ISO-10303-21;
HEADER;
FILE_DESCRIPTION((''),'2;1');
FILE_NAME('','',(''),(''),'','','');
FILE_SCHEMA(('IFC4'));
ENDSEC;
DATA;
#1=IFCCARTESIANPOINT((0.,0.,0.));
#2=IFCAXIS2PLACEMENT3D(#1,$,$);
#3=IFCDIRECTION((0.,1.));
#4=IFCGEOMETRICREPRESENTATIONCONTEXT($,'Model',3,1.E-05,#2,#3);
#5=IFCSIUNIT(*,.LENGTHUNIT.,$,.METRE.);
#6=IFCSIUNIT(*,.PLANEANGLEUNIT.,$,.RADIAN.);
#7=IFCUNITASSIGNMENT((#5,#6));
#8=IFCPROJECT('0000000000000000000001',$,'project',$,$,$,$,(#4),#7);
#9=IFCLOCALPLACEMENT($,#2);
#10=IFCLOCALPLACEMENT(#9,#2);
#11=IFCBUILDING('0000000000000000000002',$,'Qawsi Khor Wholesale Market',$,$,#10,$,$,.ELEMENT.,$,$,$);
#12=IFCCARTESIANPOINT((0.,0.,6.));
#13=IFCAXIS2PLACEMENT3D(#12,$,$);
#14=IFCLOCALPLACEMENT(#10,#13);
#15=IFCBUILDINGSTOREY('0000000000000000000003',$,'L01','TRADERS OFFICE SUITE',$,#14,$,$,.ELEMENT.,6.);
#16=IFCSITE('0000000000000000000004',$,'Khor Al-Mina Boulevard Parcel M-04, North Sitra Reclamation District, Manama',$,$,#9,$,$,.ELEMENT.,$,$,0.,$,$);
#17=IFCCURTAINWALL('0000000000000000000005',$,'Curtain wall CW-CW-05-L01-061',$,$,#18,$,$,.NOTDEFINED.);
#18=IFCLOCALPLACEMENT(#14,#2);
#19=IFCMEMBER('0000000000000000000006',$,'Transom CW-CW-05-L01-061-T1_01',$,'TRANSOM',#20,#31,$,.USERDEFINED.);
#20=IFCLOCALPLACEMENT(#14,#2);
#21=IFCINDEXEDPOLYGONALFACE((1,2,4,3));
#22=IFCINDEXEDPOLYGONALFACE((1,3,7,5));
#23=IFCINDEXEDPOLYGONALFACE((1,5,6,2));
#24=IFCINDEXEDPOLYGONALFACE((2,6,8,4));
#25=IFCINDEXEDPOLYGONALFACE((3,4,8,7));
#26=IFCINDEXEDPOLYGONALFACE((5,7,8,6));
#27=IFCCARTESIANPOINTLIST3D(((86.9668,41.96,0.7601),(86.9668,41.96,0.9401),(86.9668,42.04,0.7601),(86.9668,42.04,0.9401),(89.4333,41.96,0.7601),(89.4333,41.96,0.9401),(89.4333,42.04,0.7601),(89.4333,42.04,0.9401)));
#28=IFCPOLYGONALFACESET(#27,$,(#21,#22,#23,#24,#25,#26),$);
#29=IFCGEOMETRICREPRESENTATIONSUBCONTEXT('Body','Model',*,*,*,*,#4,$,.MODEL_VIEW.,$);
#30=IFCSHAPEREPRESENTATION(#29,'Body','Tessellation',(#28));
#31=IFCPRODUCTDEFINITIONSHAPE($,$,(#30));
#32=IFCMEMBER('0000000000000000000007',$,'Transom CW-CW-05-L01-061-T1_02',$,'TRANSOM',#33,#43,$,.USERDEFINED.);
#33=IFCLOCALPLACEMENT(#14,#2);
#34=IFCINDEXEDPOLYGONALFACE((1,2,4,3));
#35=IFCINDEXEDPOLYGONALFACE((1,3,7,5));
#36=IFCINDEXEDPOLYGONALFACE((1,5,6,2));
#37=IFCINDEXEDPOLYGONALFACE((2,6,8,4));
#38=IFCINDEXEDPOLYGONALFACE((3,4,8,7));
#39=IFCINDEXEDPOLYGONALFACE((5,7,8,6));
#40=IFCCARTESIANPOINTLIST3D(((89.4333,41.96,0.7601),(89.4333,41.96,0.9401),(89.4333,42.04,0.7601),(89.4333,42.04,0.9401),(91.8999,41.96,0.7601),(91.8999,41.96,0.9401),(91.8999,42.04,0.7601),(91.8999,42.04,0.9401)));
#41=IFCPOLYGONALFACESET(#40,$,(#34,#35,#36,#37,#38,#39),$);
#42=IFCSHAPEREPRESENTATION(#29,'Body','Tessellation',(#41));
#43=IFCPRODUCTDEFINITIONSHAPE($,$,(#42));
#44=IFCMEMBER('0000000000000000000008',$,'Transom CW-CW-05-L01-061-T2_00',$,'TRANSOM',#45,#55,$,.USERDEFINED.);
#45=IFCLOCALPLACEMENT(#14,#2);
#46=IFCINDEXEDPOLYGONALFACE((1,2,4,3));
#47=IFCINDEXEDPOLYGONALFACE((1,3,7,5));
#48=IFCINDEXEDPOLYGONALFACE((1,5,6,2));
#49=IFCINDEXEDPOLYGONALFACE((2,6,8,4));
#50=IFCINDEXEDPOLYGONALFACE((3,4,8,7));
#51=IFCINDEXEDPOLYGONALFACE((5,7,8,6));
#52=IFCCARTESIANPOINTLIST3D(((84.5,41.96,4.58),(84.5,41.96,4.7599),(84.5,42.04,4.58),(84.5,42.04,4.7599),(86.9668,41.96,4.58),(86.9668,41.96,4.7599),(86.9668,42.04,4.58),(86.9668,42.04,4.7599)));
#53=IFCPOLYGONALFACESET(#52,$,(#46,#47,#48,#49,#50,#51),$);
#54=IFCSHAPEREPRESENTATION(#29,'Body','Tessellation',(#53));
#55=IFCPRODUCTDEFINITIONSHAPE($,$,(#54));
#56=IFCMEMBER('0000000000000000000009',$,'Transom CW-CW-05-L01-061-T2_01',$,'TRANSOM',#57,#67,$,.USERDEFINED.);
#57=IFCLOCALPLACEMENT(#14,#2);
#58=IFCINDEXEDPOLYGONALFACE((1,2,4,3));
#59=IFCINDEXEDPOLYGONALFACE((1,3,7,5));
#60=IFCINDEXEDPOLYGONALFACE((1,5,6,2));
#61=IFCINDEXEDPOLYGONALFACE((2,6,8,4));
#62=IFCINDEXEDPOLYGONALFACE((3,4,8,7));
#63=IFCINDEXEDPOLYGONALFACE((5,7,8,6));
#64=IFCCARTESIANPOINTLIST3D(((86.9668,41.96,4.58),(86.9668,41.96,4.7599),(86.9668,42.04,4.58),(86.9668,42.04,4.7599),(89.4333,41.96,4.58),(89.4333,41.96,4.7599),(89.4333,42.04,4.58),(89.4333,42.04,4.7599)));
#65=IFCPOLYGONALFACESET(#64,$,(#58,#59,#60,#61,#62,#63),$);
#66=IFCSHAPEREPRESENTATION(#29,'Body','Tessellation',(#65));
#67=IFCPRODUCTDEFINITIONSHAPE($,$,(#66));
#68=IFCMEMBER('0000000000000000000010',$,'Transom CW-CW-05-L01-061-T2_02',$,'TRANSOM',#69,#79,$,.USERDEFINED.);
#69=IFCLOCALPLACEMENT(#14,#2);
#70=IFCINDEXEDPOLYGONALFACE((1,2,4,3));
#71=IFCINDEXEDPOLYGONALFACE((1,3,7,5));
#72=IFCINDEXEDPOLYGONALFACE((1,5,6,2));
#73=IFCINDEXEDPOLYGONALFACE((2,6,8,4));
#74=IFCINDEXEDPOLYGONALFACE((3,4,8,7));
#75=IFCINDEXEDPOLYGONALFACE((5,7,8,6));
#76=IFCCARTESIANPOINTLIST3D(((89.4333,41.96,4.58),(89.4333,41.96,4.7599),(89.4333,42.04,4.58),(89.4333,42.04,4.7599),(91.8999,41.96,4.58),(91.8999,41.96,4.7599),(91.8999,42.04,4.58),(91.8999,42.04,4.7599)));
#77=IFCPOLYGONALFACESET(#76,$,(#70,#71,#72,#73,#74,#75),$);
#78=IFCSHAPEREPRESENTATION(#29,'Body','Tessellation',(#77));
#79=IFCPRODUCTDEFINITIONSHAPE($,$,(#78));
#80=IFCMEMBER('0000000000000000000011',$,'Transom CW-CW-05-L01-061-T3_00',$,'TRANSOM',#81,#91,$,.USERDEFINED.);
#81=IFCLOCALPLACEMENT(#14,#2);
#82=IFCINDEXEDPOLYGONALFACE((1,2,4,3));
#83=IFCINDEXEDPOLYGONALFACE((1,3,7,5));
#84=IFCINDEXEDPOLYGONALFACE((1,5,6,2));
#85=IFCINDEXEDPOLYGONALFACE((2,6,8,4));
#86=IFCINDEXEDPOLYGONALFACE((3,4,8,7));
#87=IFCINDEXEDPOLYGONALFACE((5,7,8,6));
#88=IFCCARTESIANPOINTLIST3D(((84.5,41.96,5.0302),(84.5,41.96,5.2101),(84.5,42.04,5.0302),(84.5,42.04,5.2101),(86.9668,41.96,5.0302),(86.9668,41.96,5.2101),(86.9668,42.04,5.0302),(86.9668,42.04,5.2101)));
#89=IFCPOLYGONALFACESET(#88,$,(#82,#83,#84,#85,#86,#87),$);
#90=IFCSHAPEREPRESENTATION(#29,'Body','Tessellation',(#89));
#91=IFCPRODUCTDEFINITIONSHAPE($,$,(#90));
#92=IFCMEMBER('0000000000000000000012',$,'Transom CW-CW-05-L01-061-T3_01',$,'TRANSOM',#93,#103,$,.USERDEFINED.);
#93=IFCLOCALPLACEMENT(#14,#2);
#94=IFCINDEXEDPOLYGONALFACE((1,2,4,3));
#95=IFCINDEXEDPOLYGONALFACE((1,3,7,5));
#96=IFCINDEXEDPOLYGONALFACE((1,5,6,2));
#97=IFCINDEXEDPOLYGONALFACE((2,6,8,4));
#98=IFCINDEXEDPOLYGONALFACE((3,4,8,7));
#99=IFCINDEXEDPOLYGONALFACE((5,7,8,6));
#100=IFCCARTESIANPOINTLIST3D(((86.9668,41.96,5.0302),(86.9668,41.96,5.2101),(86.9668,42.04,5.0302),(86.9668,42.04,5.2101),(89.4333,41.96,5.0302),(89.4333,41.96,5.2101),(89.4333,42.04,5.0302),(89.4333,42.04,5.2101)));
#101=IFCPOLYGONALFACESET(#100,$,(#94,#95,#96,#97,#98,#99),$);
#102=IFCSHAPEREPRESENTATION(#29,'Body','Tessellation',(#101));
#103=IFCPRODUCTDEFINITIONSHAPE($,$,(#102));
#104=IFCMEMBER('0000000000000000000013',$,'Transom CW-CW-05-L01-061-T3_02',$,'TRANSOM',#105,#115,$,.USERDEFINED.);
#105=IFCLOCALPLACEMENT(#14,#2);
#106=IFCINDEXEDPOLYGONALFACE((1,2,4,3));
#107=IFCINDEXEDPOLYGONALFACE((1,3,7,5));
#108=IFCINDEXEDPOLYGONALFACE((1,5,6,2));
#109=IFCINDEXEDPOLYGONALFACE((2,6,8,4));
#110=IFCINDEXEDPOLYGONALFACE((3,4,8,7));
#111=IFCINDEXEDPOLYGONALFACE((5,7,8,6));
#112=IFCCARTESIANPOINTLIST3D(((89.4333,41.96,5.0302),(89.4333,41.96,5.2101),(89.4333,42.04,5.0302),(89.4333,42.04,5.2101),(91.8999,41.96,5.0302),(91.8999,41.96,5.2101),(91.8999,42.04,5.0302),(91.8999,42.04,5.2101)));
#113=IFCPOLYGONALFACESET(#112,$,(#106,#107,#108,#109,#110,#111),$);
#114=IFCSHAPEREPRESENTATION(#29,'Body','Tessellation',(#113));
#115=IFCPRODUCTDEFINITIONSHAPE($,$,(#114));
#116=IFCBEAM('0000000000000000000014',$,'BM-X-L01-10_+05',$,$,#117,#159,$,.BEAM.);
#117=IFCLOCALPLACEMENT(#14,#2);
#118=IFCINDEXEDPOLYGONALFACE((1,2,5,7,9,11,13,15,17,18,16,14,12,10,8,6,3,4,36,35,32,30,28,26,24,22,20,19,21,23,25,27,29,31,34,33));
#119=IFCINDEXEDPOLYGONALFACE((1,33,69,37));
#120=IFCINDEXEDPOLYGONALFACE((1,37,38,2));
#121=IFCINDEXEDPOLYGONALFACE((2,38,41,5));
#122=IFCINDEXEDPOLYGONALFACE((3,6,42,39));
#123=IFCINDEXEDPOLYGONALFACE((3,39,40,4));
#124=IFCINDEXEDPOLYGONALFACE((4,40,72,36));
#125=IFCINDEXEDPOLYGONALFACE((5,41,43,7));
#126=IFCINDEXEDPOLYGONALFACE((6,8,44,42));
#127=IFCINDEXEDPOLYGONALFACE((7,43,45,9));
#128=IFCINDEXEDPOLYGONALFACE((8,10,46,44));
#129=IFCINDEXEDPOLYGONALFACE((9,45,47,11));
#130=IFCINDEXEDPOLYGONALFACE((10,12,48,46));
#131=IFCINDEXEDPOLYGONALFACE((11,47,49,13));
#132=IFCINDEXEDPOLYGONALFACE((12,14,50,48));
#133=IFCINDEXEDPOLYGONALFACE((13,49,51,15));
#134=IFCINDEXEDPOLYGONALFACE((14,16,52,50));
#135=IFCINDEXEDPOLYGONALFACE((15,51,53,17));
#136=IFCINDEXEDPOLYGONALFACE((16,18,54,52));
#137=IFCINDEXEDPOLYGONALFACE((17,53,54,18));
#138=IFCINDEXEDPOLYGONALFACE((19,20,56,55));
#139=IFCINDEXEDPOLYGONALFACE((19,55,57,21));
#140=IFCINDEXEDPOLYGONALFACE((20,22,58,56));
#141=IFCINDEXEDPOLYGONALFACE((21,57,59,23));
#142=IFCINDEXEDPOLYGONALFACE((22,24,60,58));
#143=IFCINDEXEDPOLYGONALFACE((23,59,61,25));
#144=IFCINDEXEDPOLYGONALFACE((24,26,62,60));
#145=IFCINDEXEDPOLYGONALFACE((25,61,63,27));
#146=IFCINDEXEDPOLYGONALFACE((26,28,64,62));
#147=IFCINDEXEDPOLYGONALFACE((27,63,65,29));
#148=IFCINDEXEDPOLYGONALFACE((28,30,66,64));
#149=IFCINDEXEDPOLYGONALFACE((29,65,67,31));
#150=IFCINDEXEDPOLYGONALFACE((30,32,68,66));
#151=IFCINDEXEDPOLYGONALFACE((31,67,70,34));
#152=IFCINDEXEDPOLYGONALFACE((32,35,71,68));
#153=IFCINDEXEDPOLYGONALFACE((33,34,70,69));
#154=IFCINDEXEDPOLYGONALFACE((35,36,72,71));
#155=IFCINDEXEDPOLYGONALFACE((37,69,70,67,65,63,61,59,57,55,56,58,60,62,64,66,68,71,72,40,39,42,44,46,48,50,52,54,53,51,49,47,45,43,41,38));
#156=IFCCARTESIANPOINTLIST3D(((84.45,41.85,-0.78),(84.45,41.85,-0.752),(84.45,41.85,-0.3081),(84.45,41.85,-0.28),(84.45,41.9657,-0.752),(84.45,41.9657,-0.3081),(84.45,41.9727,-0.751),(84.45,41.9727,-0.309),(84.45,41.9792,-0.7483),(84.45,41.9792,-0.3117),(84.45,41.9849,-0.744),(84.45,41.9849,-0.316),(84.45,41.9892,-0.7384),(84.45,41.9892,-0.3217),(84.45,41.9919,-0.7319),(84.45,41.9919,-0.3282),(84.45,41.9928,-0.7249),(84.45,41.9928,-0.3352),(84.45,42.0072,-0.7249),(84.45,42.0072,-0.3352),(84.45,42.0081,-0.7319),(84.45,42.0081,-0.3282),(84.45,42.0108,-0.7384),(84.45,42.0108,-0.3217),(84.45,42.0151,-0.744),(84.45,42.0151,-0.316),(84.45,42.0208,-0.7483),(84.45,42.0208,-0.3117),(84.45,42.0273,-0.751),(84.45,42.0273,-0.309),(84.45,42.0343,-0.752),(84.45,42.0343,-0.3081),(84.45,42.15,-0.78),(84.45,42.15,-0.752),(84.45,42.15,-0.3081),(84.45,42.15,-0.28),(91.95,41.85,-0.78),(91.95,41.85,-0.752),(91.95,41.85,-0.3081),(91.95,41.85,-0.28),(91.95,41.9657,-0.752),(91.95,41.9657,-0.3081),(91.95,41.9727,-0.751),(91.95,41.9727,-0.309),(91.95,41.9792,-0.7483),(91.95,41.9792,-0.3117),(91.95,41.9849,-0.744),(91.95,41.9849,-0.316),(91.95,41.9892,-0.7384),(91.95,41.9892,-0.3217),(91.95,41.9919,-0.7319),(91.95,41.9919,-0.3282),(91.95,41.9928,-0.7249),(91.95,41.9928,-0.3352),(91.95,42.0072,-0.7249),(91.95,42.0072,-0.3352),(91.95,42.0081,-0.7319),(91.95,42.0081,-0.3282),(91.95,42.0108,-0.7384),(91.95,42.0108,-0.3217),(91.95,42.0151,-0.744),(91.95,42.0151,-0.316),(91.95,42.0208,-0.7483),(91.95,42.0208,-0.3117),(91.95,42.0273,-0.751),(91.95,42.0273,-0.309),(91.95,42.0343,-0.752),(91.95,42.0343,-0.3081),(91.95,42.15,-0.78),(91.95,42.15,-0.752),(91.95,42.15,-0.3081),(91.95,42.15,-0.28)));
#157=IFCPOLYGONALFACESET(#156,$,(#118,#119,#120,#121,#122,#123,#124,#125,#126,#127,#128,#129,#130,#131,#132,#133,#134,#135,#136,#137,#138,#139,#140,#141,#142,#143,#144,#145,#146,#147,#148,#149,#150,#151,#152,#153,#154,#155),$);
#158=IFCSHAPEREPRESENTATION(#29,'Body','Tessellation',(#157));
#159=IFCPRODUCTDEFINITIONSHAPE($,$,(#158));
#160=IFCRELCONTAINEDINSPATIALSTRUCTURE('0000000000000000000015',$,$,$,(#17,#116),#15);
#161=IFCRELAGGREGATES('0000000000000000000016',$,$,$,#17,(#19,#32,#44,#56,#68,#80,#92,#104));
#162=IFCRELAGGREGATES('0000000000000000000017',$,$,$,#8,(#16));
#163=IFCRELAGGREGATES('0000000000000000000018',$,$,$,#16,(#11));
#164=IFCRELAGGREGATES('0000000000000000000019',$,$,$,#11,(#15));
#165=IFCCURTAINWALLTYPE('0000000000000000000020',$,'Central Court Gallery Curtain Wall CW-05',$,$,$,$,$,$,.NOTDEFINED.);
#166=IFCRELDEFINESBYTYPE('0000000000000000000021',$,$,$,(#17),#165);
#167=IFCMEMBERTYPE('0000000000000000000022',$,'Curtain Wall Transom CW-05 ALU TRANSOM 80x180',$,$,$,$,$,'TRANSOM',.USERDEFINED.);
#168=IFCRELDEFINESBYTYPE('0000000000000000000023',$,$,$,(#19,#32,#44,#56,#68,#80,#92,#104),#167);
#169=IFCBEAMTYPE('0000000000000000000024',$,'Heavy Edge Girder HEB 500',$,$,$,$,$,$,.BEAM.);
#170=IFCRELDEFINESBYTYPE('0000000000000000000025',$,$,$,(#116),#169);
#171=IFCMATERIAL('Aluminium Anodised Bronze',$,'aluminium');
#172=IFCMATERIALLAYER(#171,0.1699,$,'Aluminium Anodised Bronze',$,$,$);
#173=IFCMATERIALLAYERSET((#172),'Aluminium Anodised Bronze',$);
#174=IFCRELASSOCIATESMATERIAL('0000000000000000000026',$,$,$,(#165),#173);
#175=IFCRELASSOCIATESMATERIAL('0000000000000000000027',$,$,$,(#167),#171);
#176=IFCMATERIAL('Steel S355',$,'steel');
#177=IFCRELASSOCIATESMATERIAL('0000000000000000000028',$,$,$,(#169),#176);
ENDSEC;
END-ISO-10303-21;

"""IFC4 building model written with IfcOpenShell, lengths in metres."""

from ifc_helpers import new_model, si_unit, direction, frame, origin, origin_2d, place, context, subcontext, project, spatial, rectangle, i_section, extrude, material, layer, layer_set, material_profile, profile_set, type_object, element, aggregate, save


model = new_model("IFC4")

# Units and contexts
model_context = context("Model", 3, precision=1e-05, world=origin(), true_north=direction((0.0, 1.0)))
body_context = subcontext(model_context, "Body", "Model", "MODEL_VIEW")
ifc_project = project(units=[si_unit("LENGTHUNIT", "METRE"), si_unit("PLANEANGLEUNIT", "RADIAN")], contexts=[model_context])

# Site, building, storey
site_placement = place(None, origin())
site = spatial("IfcSite", under=ifc_project, at=site_placement, Name="Khor Al-Mina Boulevard Parcel M-04, North Sitra Reclamation District, Manama", CompositionType="ELEMENT", RefElevation=0.0)
building_placement = place(site_placement, origin())
building = spatial("IfcBuilding", under=site, at=building_placement, Name="Qawsi Khor Wholesale Market", CompositionType="ELEMENT")
storey_placement = place(building_placement, frame((0.0, 0.0, 6.0)))
storey = spatial("IfcBuildingStorey", under=building, at=storey_placement, Name="L01", Description="TRADERS OFFICE SUITE", CompositionType="ELEMENT", Elevation=6.0)

# Curtain wall
ifc_material_1 = material(Name="Aluminium Anodised Bronze", Category="aluminium")
ifc_layer_1 = layer(ifc_material_1, 0.1699, Name="Aluminium Anodised Bronze")
ifc_layer_set_1 = layer_set([ifc_layer_1], Name="Aluminium Anodised Bronze")
curtain_wall_type = type_object("IfcCurtainWallType", Name="Central Court Gallery Curtain Wall CW-05", PredefinedType="NOTDEFINED", material=ifc_layer_set_1)
curtain_wall_1_placement = place(storey_placement, origin())
curtain_wall_1 = element("IfcCurtainWall", 1, at=curtain_wall_1_placement, inside=storey, type_object=curtain_wall_type, Name="Curtain wall CW-CW-05-L01-061", PredefinedType="NOTDEFINED")

# Members
ifc_material_profile_1 = material_profile(ifc_material_1, rectangle(XDim=0.0801, YDim=0.1799, at=origin_2d()), Name="ALU TRANSOM 80x180")
ifc_profile_set_1 = profile_set([ifc_material_profile_1], Name="Aluminium Anodised Bronze")
member_type_1 = type_object("IfcMemberType", Name="Curtain Wall Transom CW-05 ALU TRANSOM 80x180", ElementType="TRANSOM", PredefinedType="USERDEFINED", material=ifc_profile_set_1)
member_1_placement = place(storey_placement, frame((86.9668, 42.0, 0.8501), z_axis=(1.0, 0.0, 0.0), x_axis=(0.0, 1.0, 0.0)))
member_1 = element("IfcMember", 2, at=member_1_placement, type_object=member_type_1, Name="Transom CW-CW-05-L01-061-T1_01", ObjectType="TRANSOM", PredefinedType="USERDEFINED", context=body_context, shape_type="SweptSolid", body=[
    extrude(rectangle(XDim=0.0801, YDim=0.1799, at=origin_2d()), origin(), (0.0, 0.0, 1.0), 2.4666),
])
member_2_placement = place(storey_placement, frame((89.4333, 42.0, 0.8501), z_axis=(1.0, 0.0, 0.0), x_axis=(0.0, 1.0, 0.0)))
member_2 = element("IfcMember", 3, at=member_2_placement, type_object=member_type_1, Name="Transom CW-CW-05-L01-061-T1_02", ObjectType="TRANSOM", PredefinedType="USERDEFINED", context=body_context, shape_type="SweptSolid", body=[
    extrude(rectangle(XDim=0.0801, YDim=0.1799, at=origin_2d()), origin(), (0.0, 0.0, 1.0), 2.4666),
])
member_3_placement = place(storey_placement, frame((84.5, 42.0, 4.6699), z_axis=(1.0, 0.0, 0.0), x_axis=(0.0, 1.0, 0.0)))
member_3 = element("IfcMember", 4, at=member_3_placement, type_object=member_type_1, Name="Transom CW-CW-05-L01-061-T2_00", ObjectType="TRANSOM", PredefinedType="USERDEFINED", context=body_context, shape_type="SweptSolid", body=[
    extrude(rectangle(XDim=0.0801, YDim=0.1799, at=origin_2d()), origin(), (0.0, 0.0, 1.0), 2.4668),
])
member_4_placement = place(storey_placement, frame((86.9668, 42.0, 4.6699), z_axis=(1.0, 0.0, 0.0), x_axis=(0.0, 1.0, 0.0)))
member_4 = element("IfcMember", 5, at=member_4_placement, type_object=member_type_1, Name="Transom CW-CW-05-L01-061-T2_01", ObjectType="TRANSOM", PredefinedType="USERDEFINED", context=body_context, shape_type="SweptSolid", body=[
    extrude(rectangle(XDim=0.0801, YDim=0.1799, at=origin_2d()), origin(), (0.0, 0.0, 1.0), 2.4666),
])
member_5_placement = place(storey_placement, frame((89.4333, 42.0, 4.6699), z_axis=(1.0, 0.0, 0.0), x_axis=(0.0, 1.0, 0.0)))
member_5 = element("IfcMember", 6, at=member_5_placement, type_object=member_type_1, Name="Transom CW-CW-05-L01-061-T2_02", ObjectType="TRANSOM", PredefinedType="USERDEFINED", context=body_context, shape_type="SweptSolid", body=[
    extrude(rectangle(XDim=0.0801, YDim=0.1799, at=origin_2d()), origin(), (0.0, 0.0, 1.0), 2.4666),
])
member_6_placement = place(storey_placement, frame((84.5, 42.0, 5.1201), z_axis=(1.0, 0.0, 0.0), x_axis=(0.0, 1.0, 0.0)))
member_6 = element("IfcMember", 7, at=member_6_placement, type_object=member_type_1, Name="Transom CW-CW-05-L01-061-T3_00", ObjectType="TRANSOM", PredefinedType="USERDEFINED", context=body_context, shape_type="SweptSolid", body=[
    extrude(rectangle(XDim=0.0801, YDim=0.1799, at=origin_2d()), origin(), (0.0, 0.0, 1.0), 2.4668),
])
member_7_placement = place(storey_placement, frame((86.9668, 42.0, 5.1201), z_axis=(1.0, 0.0, 0.0), x_axis=(0.0, 1.0, 0.0)))
member_7 = element("IfcMember", 8, at=member_7_placement, type_object=member_type_1, Name="Transom CW-CW-05-L01-061-T3_01", ObjectType="TRANSOM", PredefinedType="USERDEFINED", context=body_context, shape_type="SweptSolid", body=[
    extrude(rectangle(XDim=0.0801, YDim=0.1799, at=origin_2d()), origin(), (0.0, 0.0, 1.0), 2.4666),
])
member_8_placement = place(storey_placement, frame((89.4333, 42.0, 5.1201), z_axis=(1.0, 0.0, 0.0), x_axis=(0.0, 1.0, 0.0)))
member_8 = element("IfcMember", 9, at=member_8_placement, type_object=member_type_1, Name="Transom CW-CW-05-L01-061-T3_02", ObjectType="TRANSOM", PredefinedType="USERDEFINED", context=body_context, shape_type="SweptSolid", body=[
    extrude(rectangle(XDim=0.0801, YDim=0.1799, at=origin_2d()), origin(), (0.0, 0.0, 1.0), 2.4666),
])

# Beam
ifc_material_2 = material(Name="Steel S355", Category="steel")
ifc_material_profile_2 = material_profile(ifc_material_2, i_section(OverallWidth=0.3, OverallDepth=0.5, WebThickness=0.0144, FlangeThickness=0.0281, FilletRadius=0.0271, at=origin_2d()), Name="HEB 500")
ifc_profile_set_2 = profile_set([ifc_material_profile_2], Name="Steel S355")
beam_type_1 = type_object("IfcBeamType", Name="Heavy Edge Girder HEB 500", PredefinedType="BEAM", material=ifc_profile_set_2)
beam_1_placement = place(storey_placement, frame((84.45, 42.0, -0.53), z_axis=(1.0, 0.0, 0.0), x_axis=(0.0, 1.0, 0.0)))
element("IfcBeam", 10, at=beam_1_placement, inside=storey, type_object=beam_type_1, Name="BM-X-L01-10_+05", PredefinedType="BEAM", context=body_context, shape_type="SweptSolid", body=[
    extrude(i_section(OverallWidth=0.3, OverallDepth=0.5, WebThickness=0.0144, FlangeThickness=0.0281, FilletRadius=0.0271, at=origin_2d()), origin(), (0.0, 0.0, 1.0), 7.5),
])

aggregate(curtain_wall_1, [member_1, member_2, member_3, member_4, member_5, member_6, member_7, member_8])

save(model, "model.ifc")
